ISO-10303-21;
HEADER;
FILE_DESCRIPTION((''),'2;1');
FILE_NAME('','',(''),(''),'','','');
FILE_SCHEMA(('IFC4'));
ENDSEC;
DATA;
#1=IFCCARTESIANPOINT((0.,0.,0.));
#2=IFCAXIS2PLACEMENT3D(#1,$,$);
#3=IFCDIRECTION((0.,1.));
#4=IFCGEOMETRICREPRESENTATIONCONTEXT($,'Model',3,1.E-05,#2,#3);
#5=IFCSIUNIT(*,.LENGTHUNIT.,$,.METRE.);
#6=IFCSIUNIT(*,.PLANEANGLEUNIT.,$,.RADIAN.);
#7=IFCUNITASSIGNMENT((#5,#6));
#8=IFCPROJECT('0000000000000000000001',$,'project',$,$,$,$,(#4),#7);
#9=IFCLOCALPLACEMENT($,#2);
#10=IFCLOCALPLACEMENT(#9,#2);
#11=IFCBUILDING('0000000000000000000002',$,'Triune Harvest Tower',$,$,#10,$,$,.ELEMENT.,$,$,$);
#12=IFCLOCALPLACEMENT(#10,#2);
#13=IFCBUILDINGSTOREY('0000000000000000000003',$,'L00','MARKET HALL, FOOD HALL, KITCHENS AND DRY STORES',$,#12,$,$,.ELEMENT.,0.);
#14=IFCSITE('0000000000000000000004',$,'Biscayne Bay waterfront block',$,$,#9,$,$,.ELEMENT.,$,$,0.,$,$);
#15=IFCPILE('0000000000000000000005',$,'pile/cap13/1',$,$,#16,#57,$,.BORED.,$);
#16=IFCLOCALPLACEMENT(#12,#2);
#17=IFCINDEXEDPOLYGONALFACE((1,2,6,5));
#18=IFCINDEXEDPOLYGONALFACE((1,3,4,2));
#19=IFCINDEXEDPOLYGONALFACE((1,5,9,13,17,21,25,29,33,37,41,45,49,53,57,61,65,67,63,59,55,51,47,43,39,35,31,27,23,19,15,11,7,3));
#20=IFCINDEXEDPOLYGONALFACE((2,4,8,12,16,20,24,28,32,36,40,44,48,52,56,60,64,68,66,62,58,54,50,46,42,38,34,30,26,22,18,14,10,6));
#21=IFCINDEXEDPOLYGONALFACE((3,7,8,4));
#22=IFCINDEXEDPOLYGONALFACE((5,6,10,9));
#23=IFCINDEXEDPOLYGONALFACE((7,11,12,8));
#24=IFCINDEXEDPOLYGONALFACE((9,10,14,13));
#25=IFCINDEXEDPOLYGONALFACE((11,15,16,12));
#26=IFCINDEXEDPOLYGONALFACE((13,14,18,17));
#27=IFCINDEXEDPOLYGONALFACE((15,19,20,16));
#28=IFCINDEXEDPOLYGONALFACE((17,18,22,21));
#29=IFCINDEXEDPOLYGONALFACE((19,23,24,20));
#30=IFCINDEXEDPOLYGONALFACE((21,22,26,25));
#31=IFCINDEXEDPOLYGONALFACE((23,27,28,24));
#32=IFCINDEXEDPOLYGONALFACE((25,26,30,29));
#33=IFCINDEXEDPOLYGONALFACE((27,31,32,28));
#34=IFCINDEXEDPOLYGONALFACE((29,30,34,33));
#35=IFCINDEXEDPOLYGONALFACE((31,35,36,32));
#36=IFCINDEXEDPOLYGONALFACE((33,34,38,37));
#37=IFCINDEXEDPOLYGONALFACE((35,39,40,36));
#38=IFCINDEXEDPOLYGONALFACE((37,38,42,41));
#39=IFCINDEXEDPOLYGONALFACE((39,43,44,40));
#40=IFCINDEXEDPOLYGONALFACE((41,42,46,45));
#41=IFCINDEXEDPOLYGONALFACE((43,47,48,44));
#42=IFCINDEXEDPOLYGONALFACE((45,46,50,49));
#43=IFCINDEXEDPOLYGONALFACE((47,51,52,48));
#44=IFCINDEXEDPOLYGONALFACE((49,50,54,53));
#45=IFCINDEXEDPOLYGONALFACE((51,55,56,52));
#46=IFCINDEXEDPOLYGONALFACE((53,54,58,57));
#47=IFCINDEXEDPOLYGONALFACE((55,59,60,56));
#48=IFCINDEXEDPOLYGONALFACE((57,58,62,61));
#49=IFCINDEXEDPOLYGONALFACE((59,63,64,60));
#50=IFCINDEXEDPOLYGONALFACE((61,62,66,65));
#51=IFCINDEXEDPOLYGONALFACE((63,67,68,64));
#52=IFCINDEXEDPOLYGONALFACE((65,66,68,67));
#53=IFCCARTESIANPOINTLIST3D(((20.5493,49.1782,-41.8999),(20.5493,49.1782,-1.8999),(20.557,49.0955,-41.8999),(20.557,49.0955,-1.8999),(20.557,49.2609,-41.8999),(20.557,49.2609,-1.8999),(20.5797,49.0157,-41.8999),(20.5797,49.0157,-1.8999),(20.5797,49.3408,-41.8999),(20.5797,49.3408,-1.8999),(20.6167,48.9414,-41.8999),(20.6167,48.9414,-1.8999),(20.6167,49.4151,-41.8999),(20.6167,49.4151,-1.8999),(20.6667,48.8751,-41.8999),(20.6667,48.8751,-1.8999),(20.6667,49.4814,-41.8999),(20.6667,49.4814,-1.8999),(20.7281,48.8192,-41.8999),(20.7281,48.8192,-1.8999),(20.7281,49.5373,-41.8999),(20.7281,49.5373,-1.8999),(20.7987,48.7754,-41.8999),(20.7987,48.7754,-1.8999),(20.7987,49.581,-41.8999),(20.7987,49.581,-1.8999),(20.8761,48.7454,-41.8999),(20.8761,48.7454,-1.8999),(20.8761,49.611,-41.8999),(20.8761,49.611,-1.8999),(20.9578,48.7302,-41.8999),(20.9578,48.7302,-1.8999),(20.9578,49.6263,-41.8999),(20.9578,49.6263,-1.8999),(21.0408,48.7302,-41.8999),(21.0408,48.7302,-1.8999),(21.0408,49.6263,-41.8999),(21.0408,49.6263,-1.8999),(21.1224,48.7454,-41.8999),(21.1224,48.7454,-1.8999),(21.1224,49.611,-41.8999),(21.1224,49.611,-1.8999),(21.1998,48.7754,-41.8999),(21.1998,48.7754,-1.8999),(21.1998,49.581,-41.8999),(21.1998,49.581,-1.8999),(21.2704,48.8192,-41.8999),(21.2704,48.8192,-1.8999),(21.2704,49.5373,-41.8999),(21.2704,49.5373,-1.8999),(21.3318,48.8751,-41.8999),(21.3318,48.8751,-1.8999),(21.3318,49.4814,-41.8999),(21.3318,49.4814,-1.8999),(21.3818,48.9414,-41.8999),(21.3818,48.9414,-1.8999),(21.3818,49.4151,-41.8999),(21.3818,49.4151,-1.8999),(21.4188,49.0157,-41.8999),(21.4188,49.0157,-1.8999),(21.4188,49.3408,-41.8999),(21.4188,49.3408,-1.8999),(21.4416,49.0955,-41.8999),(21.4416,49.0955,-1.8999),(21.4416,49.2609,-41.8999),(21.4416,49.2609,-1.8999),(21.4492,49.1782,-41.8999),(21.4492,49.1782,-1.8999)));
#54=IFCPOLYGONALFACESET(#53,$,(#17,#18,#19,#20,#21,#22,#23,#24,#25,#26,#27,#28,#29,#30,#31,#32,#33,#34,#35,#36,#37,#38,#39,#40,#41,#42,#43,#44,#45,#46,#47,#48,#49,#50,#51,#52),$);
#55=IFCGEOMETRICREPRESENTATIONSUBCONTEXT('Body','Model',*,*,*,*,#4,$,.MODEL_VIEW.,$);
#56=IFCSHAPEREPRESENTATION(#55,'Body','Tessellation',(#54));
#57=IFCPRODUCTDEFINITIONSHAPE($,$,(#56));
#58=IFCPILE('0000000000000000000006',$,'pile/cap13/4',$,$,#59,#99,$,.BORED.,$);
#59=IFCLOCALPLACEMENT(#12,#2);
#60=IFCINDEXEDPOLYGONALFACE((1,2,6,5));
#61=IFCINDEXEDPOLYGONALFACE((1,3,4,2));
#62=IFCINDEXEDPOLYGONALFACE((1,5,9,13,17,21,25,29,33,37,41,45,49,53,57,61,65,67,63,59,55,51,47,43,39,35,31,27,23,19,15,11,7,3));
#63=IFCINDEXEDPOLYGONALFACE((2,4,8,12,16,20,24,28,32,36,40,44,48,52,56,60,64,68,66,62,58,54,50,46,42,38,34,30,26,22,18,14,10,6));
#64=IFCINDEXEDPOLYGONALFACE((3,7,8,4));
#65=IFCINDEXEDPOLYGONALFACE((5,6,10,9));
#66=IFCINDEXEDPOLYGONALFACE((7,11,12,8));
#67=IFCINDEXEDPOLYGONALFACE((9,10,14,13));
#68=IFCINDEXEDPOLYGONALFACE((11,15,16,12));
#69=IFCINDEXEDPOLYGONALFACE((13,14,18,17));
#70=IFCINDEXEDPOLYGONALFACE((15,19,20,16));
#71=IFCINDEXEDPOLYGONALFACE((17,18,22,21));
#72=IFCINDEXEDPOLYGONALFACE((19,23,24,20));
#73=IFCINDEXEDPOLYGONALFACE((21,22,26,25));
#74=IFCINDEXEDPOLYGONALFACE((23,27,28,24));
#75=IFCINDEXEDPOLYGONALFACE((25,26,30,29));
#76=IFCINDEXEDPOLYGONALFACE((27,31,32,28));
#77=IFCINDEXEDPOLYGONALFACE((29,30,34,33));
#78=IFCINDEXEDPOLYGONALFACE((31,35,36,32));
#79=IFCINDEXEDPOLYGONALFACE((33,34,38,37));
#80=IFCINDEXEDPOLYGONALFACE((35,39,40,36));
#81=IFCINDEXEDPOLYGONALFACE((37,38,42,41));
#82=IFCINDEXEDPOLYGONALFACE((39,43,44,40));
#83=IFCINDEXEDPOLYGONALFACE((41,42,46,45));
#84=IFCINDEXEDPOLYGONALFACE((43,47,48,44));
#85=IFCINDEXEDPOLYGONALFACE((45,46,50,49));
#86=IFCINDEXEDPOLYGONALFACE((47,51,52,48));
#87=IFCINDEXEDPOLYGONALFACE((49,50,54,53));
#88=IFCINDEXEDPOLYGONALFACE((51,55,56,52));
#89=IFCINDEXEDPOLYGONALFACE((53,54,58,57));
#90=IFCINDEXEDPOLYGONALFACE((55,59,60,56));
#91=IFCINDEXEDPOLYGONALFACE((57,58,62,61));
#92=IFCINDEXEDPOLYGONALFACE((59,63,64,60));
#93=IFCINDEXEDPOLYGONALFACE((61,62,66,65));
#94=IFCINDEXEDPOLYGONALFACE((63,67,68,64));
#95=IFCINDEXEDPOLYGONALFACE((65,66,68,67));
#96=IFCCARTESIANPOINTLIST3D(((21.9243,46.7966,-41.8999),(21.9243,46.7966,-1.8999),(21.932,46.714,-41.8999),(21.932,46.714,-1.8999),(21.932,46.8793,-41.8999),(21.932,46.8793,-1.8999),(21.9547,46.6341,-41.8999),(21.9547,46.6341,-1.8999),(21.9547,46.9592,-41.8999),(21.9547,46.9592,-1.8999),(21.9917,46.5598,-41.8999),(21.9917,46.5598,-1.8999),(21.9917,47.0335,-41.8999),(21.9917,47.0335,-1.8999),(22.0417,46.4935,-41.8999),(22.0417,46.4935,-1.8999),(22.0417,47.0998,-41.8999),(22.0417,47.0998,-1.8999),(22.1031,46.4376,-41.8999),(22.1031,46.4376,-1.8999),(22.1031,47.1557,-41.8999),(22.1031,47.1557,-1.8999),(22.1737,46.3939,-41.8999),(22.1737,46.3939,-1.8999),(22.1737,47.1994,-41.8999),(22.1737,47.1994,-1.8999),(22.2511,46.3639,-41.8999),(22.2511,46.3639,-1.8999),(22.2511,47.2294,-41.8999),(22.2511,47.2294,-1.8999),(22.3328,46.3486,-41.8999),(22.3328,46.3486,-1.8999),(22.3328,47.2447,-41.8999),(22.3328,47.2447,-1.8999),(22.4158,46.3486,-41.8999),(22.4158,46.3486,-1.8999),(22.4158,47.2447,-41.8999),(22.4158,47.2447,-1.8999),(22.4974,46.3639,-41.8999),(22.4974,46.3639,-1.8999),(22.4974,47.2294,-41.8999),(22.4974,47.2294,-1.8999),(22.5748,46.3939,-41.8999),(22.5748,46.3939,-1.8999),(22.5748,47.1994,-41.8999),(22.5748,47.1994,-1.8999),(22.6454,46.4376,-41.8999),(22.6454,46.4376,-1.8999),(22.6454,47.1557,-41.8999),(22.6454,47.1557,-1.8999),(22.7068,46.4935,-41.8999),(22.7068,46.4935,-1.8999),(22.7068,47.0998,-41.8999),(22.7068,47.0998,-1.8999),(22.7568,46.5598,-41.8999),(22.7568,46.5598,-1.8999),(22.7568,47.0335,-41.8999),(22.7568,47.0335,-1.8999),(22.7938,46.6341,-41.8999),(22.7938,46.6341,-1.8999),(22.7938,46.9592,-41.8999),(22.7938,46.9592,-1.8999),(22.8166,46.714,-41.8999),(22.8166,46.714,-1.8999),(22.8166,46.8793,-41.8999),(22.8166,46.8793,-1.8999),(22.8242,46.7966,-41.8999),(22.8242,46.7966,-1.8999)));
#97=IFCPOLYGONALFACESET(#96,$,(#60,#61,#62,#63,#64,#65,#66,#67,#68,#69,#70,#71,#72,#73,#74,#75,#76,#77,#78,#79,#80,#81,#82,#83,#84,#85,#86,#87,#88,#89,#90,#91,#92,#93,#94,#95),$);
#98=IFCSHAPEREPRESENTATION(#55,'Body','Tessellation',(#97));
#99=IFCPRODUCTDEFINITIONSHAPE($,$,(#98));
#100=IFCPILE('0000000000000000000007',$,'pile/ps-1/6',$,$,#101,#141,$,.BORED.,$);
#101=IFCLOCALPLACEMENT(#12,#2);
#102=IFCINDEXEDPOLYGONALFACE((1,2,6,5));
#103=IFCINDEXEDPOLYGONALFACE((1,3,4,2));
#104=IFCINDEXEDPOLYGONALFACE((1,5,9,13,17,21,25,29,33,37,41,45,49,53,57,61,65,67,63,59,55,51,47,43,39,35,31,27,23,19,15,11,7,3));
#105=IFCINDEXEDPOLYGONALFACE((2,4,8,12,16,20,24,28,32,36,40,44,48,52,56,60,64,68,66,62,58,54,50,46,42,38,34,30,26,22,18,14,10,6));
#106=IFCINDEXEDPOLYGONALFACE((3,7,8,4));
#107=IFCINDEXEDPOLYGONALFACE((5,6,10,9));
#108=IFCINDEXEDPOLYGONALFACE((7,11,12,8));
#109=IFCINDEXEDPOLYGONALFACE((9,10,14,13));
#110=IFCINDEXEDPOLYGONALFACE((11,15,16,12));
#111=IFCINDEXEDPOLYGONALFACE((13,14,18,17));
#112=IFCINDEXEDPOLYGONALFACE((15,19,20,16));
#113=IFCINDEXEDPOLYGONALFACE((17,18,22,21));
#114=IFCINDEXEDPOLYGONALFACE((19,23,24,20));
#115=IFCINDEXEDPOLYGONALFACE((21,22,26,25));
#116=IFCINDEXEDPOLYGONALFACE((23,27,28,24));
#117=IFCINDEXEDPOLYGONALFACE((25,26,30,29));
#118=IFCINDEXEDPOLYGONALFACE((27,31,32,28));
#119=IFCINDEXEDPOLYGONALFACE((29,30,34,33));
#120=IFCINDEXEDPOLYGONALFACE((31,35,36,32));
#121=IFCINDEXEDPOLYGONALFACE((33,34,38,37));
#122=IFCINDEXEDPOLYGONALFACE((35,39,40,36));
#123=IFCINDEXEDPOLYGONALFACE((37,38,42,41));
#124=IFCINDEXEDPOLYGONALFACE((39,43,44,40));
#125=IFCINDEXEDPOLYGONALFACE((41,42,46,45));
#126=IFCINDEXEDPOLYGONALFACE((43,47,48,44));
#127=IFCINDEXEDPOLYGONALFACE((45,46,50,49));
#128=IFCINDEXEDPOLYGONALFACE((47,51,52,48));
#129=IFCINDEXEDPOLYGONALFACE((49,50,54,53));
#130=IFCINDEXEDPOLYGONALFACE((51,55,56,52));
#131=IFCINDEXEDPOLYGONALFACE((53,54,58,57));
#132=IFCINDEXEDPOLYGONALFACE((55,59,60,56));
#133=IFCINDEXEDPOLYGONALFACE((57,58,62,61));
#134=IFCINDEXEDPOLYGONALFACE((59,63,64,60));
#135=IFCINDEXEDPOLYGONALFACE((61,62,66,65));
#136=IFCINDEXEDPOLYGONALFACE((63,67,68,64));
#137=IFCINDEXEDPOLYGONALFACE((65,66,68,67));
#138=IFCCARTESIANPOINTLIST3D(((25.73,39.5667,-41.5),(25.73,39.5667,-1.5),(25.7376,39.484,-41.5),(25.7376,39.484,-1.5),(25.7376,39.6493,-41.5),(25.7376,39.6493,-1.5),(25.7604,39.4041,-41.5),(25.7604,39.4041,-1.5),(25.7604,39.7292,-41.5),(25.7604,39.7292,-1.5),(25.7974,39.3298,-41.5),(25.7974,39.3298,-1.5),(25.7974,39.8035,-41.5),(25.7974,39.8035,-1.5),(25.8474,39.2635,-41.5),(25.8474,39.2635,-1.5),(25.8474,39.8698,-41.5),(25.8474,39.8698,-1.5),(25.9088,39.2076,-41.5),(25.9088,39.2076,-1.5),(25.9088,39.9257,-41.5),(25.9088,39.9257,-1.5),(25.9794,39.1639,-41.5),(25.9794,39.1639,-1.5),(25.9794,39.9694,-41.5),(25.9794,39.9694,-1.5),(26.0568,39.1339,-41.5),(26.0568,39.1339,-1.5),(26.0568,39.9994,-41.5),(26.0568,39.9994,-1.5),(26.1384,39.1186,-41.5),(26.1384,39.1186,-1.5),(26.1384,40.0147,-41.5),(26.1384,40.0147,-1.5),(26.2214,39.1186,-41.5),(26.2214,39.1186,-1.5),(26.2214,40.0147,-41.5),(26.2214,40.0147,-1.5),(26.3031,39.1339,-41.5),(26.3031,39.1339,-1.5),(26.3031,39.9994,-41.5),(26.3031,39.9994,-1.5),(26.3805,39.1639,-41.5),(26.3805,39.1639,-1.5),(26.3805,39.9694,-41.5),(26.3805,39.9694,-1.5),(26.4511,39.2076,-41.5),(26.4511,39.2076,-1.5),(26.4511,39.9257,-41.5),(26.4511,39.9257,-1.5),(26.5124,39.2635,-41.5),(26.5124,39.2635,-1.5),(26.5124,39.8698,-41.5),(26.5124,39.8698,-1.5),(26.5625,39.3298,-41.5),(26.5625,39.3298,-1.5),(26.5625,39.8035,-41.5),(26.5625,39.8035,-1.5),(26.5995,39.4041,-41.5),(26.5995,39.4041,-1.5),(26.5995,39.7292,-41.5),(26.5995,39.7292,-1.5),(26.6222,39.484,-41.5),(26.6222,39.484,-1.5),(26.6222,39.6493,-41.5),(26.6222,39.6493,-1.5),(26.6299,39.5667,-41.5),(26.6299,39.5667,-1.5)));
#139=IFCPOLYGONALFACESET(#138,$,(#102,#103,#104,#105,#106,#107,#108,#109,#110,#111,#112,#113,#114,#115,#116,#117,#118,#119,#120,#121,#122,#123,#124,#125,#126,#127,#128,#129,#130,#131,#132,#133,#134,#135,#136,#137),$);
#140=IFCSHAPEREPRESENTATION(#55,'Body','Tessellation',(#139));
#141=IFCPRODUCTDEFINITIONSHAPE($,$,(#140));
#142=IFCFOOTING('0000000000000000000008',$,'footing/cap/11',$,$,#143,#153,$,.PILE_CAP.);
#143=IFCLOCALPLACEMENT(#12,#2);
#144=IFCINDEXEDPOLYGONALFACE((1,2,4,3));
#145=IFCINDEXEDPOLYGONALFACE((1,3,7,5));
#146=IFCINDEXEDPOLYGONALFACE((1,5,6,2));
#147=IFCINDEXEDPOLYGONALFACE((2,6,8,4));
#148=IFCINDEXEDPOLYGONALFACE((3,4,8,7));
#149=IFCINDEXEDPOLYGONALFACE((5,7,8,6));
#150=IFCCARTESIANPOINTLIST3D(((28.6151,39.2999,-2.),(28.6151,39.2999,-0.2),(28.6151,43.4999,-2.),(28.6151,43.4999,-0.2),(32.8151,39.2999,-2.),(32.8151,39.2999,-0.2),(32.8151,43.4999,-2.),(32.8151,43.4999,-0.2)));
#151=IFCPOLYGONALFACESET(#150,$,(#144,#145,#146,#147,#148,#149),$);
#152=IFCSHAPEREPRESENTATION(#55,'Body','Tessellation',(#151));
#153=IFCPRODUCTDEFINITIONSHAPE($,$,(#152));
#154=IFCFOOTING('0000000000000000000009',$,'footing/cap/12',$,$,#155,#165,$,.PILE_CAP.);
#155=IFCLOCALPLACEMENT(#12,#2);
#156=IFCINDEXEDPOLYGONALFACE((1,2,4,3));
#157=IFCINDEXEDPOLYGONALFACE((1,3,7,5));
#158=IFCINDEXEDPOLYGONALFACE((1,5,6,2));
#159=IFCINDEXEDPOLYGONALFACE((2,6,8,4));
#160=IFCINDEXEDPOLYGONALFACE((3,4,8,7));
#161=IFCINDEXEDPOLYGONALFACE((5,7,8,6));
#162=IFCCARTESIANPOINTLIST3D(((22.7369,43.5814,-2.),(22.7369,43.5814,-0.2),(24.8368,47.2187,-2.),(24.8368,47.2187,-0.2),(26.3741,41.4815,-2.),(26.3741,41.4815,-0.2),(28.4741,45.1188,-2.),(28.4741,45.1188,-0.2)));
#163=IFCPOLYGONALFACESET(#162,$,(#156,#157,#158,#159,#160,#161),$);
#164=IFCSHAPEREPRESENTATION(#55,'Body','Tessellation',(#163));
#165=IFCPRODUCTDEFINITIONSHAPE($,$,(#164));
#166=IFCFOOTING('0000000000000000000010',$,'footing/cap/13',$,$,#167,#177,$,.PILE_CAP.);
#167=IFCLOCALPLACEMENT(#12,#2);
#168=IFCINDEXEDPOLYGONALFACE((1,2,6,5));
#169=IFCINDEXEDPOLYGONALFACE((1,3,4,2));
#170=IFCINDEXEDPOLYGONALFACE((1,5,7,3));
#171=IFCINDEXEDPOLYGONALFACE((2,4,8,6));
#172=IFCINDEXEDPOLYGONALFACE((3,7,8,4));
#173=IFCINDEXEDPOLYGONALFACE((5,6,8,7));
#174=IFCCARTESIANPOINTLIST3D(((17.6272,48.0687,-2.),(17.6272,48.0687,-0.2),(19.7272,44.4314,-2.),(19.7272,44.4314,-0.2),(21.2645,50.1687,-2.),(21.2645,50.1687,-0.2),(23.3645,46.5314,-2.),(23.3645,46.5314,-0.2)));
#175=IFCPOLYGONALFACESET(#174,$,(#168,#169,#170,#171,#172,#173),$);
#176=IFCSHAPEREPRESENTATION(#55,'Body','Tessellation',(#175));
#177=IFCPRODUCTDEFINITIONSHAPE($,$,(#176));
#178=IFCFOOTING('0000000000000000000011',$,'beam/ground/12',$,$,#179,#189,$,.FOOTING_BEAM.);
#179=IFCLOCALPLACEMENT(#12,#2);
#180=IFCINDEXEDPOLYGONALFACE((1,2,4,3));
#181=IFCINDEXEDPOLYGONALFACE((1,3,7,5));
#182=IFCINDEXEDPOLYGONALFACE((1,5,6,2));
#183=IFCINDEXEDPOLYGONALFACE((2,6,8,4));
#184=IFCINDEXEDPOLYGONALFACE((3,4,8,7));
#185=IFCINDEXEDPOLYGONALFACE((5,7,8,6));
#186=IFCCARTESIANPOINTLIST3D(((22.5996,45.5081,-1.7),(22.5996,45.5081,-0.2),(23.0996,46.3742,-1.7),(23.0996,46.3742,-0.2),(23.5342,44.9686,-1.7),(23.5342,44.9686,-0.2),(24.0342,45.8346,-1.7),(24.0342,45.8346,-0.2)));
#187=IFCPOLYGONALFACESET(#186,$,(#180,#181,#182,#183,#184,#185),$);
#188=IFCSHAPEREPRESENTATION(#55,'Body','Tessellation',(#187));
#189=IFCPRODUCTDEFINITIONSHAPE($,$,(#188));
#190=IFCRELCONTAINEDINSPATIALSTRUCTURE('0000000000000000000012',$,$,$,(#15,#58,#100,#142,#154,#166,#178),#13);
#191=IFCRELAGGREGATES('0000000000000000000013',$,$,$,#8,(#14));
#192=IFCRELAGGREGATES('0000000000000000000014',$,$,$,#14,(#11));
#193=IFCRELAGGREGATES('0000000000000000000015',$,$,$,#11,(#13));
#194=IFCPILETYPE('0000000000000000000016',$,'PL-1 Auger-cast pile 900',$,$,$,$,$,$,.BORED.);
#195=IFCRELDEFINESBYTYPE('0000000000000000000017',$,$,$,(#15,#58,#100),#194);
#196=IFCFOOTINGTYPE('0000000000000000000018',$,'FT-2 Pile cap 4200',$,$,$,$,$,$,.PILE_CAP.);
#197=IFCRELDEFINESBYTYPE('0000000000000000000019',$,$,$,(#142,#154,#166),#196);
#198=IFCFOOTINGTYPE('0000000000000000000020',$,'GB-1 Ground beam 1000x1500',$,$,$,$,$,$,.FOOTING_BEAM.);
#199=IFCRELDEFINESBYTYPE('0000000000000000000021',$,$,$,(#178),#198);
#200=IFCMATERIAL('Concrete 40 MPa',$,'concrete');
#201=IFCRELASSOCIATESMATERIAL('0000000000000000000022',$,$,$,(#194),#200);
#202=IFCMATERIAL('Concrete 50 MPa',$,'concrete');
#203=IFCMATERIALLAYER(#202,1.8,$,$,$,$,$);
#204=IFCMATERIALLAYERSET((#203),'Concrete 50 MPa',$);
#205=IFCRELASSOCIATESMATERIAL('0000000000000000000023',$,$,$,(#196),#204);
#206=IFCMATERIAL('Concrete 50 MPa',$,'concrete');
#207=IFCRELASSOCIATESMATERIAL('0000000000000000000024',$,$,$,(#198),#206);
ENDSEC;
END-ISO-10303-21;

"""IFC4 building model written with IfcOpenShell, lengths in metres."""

from ifc_helpers import new_model, si_unit, direction, frame, origin, origin_2d, place, context, subcontext, project, spatial, rectangle, circle, extrude, source, transform, mapped, material, layer, layer_set, material_profile, profile_set, type_object, element, save


model = new_model("IFC4")

# Units and contexts
model_context = context("Model", 3, precision=1e-05, world=origin(), true_north=direction((0.0, 1.0)))
body_context = subcontext(model_context, "Body", "Model", "MODEL_VIEW")
ifc_project = project(units=[si_unit("LENGTHUNIT", "METRE"), si_unit("PLANEANGLEUNIT", "RADIAN")], contexts=[model_context])

# Site, building, storey
site_placement = place(None, origin())
site = spatial("IfcSite", under=ifc_project, at=site_placement, Name="Biscayne Bay waterfront block", CompositionType="ELEMENT", RefElevation=0.0)
building_placement = place(site_placement, origin())
building = spatial("IfcBuilding", under=site, at=building_placement, Name="Triune Harvest Tower", CompositionType="ELEMENT")
storey_placement = place(building_placement, origin())
storey = spatial("IfcBuildingStorey", under=building, at=storey_placement, Name="L00", Description="MARKET HALL, FOOD HALL, KITCHENS AND DRY STORES", CompositionType="ELEMENT", Elevation=0.0)

# Piles
ifc_material_1 = material(Name="Concrete 40 MPa", Category="concrete")
ifc_material_profile_1 = material_profile(ifc_material_1, circle(Radius=0.45, at=origin_2d()), Name="Bored 900")
ifc_profile_set_1 = profile_set([ifc_material_profile_1], Name="Concrete 40 MPa")
pile_type = type_object("IfcPileType", Name="PL-1 Auger-cast pile 900", PredefinedType="BORED", material=ifc_profile_set_1)
shared_shape_1 = source(origin(), body_context, "Body", "SweptSolid", [
    extrude(circle(Radius=0.45, at=origin_2d()), origin(), (0.0, 0.0, 1.0), 40.0),
])
for number, where, z_axis, x_axis, name in (
    (1, (20.9993, 49.1782, -1.8999), (0.0, 0.0, -1.0), (1.0, 0.0, 0.0), "pile/cap13/1"),
    (2, (22.3743, 46.7966, -1.8999), (0.0, 0.0, -1.0), (1.0, 0.0, 0.0), "pile/cap13/4"),
    (3, (26.1799, 39.5667, -1.5), (0.0, 0.0, -1.0), (1.0, 0.0, 0.0), "pile/ps-1/6"),
):
    element("IfcPile", number, at=place(storey_placement, frame(where, z_axis=z_axis, x_axis=x_axis)), inside=storey, type_object=pile_type, Name=name, PredefinedType="BORED", context=body_context, shape_type="MappedRepresentation", body=[
        mapped(shared_shape_1, transform((0.0, 0.0, 0.0), scale=1.0)),
    ])

# Footings
ifc_material_2 = material(Name="Concrete 50 MPa", Category="concrete")
ifc_layer_1 = layer(ifc_material_2, 1.8)
ifc_layer_set_1 = layer_set([ifc_layer_1], Name="Concrete 50 MPa")
footing_type_1 = type_object("IfcFootingType", Name="FT-2 Pile cap 4200", PredefinedType="PILE_CAP", material=ifc_layer_set_1)
shared_shape_2 = source(origin(), body_context, "Body", "SweptSolid", [
    extrude(rectangle(XDim=4.2, YDim=4.2, at=origin_2d()), origin(), (0.0, 0.0, 1.0), 1.8),
])
for number, where, z_axis, x_axis, name in (
    (4, (30.7151, 41.3999, -2.0), (0.0, 0.0, 1.0), (0.0, 1.0, 0.0), "footing/cap/11"),
    (5, (25.6055, 44.3501, -2.0), (0.0, 0.0, 1.0), (-0.866027, 0.499997, 0.0), "footing/cap/12"),
    (6, (20.4958, 47.3, -2.0), (0.0, 0.0, 1.0), (-0.866025, -0.5, 0.0), "footing/cap/13"),
):
    element("IfcFooting", number, at=place(storey_placement, frame(where, z_axis=z_axis, x_axis=x_axis)), inside=storey, type_object=footing_type_1, Name=name, PredefinedType="PILE_CAP", context=body_context, shape_type="MappedRepresentation", body=[
        mapped(shared_shape_2, transform((0.0, 0.0, 0.0), scale=1.0)),
    ])
ifc_material_3 = material(Name="Concrete 50 MPa", Category="concrete")
ifc_material_profile_2 = material_profile(ifc_material_3, rectangle(XDim=1.0, YDim=1.5, at=origin_2d()), Name="Concrete 1000x1500")
ifc_profile_set_2 = profile_set([ifc_material_profile_2], Name="Concrete 50 MPa")
footing_type_2 = type_object("IfcFootingType", Name="GB-1 Ground beam 1000x1500", PredefinedType="FOOTING_BEAM", material=ifc_profile_set_2)
shared_shape_3 = source(origin(), body_context, "Body", "SweptSolid", [
    extrude(rectangle(XDim=1.0, YDim=1.5, at=origin_2d()), origin(), (0.0, 0.0, 1.0), 1.0791),
])
footing_placement = place(storey_placement, frame((23.7842, 45.4016, -0.95), z_axis=(-0.866035, 0.499984, 0.0), x_axis=(-0.499984, -0.866035, 0.0)))
element("IfcFooting", 7, at=footing_placement, inside=storey, type_object=footing_type_2, Name="beam/ground/12", PredefinedType="FOOTING_BEAM", context=body_context, shape_type="MappedRepresentation", body=[
    mapped(shared_shape_3, transform((0.0, 0.0, 0.0), scale=1.0)),
])

save(model, "model.ifc")
